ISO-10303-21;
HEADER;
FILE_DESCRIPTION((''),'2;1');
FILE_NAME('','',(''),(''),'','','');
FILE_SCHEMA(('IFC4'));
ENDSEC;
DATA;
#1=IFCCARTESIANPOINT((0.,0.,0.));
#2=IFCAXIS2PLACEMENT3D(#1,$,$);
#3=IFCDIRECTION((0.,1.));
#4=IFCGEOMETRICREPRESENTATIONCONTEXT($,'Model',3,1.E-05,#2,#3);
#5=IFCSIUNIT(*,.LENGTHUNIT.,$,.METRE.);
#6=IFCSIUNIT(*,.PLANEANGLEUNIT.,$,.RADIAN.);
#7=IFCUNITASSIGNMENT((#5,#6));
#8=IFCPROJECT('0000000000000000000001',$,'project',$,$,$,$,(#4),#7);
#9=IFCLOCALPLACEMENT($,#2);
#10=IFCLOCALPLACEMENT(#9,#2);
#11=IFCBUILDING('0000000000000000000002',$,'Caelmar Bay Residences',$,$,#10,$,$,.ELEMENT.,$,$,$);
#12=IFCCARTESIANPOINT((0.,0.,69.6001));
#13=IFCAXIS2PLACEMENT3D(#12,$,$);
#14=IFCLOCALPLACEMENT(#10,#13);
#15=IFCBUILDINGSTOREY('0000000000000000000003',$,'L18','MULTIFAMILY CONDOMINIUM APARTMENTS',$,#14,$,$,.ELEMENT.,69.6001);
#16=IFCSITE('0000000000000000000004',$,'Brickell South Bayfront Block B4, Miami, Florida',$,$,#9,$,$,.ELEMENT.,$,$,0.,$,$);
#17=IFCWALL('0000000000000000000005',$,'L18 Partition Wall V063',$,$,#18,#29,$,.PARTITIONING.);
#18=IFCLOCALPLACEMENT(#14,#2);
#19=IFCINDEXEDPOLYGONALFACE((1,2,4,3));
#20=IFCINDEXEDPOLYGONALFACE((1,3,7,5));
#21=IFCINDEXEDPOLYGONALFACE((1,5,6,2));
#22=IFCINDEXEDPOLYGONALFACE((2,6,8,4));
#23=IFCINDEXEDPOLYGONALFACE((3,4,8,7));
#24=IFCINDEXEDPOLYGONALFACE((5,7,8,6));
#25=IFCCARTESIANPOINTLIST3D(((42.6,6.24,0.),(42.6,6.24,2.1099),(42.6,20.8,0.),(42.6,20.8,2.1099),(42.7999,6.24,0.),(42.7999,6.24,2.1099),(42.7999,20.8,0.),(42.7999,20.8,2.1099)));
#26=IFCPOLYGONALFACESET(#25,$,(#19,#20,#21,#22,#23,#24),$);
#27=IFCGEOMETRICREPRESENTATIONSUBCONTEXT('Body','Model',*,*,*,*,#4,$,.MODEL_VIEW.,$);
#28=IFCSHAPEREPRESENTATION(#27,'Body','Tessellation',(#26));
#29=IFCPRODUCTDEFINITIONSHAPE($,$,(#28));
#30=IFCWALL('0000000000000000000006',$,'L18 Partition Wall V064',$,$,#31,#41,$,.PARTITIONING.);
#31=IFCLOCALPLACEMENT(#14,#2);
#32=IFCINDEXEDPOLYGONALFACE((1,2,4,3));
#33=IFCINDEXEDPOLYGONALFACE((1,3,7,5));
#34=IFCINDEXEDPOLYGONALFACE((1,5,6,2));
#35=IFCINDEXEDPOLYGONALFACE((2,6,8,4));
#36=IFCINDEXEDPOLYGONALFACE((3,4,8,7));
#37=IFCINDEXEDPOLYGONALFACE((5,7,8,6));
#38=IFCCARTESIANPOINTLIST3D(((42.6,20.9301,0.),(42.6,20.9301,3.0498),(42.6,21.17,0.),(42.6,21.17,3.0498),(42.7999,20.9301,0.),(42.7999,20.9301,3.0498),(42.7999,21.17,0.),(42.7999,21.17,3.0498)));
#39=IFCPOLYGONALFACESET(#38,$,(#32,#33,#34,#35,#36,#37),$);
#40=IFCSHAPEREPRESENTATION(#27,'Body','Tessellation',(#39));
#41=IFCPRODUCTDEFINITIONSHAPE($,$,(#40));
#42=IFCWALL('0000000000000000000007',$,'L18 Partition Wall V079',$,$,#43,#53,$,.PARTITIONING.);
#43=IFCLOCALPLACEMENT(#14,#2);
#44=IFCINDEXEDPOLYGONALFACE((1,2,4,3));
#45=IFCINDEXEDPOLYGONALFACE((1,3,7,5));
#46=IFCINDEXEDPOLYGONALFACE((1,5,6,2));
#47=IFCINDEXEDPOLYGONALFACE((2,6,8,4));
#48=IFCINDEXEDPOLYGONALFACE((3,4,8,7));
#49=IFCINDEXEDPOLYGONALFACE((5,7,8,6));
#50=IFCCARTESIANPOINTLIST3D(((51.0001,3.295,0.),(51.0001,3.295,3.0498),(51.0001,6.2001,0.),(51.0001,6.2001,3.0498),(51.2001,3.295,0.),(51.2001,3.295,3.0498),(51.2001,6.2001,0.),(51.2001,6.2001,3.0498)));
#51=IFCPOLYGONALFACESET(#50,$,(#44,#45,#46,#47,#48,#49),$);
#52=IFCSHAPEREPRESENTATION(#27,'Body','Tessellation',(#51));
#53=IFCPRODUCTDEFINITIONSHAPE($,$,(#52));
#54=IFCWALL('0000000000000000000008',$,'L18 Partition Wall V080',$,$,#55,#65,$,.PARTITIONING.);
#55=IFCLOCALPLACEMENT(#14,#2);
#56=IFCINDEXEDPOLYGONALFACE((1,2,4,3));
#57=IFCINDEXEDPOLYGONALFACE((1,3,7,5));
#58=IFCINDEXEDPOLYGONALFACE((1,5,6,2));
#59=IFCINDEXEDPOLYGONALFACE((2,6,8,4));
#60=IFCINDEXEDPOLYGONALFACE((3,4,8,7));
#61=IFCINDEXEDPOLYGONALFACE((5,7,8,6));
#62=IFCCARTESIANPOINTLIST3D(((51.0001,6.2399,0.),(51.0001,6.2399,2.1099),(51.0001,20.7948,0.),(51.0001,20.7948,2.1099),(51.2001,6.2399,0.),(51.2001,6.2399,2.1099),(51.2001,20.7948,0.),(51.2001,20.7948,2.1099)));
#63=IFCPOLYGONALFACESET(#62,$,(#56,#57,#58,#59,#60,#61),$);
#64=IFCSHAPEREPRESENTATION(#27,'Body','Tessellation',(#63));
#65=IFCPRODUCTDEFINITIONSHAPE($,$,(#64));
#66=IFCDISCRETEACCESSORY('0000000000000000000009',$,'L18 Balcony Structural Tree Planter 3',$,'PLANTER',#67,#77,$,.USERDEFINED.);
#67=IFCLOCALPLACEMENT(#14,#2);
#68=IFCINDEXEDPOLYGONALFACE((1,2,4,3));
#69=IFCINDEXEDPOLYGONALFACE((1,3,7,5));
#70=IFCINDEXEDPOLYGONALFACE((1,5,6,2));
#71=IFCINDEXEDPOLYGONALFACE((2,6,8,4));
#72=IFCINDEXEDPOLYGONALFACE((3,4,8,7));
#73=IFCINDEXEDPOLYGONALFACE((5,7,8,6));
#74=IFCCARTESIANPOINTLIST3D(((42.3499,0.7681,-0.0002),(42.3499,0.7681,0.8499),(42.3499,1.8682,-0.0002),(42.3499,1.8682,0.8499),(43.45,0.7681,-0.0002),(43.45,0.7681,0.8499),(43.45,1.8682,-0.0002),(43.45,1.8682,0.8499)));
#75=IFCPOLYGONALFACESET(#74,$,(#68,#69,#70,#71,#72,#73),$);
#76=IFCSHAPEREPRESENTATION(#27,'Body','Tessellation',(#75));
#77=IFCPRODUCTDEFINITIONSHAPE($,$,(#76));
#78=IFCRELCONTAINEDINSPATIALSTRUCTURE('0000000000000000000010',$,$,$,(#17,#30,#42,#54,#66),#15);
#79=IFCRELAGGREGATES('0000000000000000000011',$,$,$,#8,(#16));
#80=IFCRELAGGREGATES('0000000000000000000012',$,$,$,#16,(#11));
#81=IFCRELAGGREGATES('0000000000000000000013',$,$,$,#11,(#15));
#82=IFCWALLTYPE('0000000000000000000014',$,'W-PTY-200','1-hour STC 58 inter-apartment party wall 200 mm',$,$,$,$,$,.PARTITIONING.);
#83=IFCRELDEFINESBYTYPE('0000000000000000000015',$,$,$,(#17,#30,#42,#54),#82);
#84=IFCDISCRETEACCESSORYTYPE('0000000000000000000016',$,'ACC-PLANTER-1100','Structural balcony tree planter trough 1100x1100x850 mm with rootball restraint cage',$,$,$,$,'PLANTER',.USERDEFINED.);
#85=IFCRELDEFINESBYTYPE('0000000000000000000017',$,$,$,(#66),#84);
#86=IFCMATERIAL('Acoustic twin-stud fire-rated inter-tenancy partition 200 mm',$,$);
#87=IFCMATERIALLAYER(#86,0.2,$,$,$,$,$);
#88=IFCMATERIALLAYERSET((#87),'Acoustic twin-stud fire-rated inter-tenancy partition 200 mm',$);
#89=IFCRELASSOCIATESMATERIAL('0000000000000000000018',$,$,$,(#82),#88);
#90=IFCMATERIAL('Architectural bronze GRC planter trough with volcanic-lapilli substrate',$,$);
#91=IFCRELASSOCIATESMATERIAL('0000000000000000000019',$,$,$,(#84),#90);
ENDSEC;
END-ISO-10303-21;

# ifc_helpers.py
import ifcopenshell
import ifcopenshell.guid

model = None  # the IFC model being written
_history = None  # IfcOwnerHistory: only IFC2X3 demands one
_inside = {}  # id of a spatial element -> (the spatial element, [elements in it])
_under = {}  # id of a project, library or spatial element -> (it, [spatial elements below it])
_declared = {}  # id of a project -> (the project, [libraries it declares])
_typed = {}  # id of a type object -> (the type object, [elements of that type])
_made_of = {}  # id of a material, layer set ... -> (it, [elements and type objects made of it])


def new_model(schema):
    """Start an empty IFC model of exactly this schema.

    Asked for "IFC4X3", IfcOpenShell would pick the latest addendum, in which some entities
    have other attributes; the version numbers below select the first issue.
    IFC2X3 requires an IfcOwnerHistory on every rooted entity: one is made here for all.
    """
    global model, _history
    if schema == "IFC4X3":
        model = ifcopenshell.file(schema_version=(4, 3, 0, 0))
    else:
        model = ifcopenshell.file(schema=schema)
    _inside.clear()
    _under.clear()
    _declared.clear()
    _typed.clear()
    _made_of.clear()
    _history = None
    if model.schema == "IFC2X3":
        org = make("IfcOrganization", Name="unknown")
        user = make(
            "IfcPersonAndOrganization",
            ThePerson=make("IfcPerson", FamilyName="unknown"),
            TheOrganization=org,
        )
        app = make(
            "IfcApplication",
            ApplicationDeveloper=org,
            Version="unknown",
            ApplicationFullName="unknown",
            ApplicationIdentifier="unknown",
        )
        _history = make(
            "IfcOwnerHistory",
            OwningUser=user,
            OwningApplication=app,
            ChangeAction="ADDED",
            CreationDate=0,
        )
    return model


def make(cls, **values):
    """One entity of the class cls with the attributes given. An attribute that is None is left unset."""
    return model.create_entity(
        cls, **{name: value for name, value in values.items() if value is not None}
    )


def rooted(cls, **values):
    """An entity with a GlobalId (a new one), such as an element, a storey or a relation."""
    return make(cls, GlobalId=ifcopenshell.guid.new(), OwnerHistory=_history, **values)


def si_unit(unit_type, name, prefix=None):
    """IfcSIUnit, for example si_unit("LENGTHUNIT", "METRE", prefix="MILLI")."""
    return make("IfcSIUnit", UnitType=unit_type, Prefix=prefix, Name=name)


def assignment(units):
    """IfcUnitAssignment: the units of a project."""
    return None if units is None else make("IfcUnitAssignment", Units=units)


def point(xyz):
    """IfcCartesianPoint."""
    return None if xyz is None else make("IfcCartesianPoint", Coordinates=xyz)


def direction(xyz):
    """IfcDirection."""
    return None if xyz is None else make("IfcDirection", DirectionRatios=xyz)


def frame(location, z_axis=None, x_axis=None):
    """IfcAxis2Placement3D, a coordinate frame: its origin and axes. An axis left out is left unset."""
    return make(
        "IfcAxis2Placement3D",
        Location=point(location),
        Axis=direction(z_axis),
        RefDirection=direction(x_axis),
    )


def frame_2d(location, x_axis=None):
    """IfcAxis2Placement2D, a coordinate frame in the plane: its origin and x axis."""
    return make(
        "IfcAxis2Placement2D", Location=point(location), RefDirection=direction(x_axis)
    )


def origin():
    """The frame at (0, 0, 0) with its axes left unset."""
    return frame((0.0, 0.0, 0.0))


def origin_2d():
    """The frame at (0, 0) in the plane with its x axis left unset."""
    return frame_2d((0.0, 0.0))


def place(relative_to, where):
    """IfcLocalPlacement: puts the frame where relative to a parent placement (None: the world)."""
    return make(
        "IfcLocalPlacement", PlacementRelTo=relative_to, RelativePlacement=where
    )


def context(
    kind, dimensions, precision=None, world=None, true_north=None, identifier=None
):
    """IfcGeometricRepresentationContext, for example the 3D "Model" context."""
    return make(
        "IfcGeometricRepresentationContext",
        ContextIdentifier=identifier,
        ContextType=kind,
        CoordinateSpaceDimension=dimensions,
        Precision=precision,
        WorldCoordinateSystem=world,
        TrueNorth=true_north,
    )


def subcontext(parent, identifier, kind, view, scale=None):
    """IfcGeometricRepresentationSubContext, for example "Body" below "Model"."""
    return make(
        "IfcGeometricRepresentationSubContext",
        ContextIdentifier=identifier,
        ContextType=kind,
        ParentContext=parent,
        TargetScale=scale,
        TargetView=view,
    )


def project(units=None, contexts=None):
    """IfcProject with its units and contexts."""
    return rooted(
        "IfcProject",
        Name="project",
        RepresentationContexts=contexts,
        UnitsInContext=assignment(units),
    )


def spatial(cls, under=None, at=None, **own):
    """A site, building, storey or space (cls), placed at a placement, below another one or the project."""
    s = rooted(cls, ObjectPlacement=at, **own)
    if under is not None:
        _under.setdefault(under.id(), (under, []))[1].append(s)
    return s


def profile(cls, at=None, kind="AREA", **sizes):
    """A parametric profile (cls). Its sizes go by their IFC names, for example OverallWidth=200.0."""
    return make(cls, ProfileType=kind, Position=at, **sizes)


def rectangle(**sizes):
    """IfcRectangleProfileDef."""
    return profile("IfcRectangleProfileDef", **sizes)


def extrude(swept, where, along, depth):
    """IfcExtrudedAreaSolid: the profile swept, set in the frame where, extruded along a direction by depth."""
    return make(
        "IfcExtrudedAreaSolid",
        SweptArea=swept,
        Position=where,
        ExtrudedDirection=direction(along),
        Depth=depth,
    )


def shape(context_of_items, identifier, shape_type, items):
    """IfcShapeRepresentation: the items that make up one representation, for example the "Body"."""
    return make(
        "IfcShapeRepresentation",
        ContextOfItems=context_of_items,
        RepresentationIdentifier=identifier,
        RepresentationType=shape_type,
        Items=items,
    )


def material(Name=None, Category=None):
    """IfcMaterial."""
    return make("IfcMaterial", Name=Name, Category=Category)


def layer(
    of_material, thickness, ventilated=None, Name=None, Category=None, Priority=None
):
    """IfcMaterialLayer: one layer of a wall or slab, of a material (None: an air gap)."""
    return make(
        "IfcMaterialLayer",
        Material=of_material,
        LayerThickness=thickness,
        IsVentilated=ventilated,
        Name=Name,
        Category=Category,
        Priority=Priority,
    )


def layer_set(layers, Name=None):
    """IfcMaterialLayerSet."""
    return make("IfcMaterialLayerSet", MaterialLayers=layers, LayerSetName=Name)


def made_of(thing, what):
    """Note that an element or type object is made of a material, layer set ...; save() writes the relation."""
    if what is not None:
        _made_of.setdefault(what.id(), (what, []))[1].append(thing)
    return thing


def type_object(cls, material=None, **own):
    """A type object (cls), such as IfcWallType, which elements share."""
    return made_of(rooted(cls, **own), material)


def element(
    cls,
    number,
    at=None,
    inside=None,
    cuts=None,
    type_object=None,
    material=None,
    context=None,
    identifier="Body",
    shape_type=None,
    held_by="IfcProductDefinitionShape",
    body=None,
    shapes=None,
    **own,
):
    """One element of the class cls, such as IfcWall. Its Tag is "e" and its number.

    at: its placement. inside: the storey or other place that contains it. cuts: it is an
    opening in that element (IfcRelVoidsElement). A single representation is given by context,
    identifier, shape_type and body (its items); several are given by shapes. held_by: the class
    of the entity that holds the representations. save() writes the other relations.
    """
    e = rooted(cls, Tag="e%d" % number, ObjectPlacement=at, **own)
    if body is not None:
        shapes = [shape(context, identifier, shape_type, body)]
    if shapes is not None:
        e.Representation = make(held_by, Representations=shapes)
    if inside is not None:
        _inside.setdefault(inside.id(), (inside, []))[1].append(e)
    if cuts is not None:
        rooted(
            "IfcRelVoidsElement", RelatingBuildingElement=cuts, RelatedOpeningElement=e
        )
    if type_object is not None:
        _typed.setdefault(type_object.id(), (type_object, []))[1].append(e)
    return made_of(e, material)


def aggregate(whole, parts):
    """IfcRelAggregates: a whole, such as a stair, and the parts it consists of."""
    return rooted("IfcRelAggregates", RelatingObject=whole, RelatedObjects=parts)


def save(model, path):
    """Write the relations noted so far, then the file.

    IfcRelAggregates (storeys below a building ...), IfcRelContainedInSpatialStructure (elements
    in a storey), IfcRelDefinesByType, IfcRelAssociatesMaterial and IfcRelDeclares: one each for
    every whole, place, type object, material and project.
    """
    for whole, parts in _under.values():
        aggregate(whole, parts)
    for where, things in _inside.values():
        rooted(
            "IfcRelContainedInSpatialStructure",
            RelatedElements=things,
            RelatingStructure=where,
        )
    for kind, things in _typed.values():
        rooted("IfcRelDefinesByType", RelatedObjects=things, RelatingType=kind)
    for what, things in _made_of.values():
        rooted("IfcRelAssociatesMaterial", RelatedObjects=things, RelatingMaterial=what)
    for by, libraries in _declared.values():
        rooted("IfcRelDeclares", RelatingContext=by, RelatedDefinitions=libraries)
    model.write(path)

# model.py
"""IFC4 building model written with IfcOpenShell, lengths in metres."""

from ifc_helpers import new_model, si_unit, direction, frame, frame_2d, origin, origin_2d, place, context, subcontext, project, spatial, rectangle, extrude, material, layer, layer_set, type_object, element, save


model = new_model("IFC4")

# Units and contexts
model_context = context("Model", 3, precision=1e-05, world=origin(), true_north=direction((0.0, 1.0)))
body_context = subcontext(model_context, "Body", "Model", "MODEL_VIEW")
ifc_project = project(units=[si_unit("LENGTHUNIT", "METRE"), si_unit("PLANEANGLEUNIT", "RADIAN")], contexts=[model_context])

# Site, building, storey
site_placement = place(None, origin())
site = spatial("IfcSite", under=ifc_project, at=site_placement, Name="Brickell South Bayfront Block B4, Miami, Florida", CompositionType="ELEMENT", RefElevation=0.0)
building_placement = place(site_placement, origin())
building = spatial("IfcBuilding", under=site, at=building_placement, Name="Caelmar Bay Residences", CompositionType="ELEMENT")
storey_placement = place(building_placement, frame((0.0, 0.0, 69.6001)))
storey = spatial("IfcBuildingStorey", under=building, at=storey_placement, Name="L18", Description="MULTIFAMILY CONDOMINIUM APARTMENTS", CompositionType="ELEMENT", Elevation=69.6001)

# Walls
ifc_material_1 = material(Name="Acoustic twin-stud fire-rated inter-tenancy partition 200 mm")
ifc_layer_1 = layer(ifc_material_1, 0.2)
ifc_layer_set_1 = layer_set([ifc_layer_1], Name="Acoustic twin-stud fire-rated inter-tenancy partition 200 mm")
wall_type_1 = type_object("IfcWallType", Name="W-PTY-200", Description="1-hour STC 58 inter-apartment party wall 200 mm", PredefinedType="PARTITIONING", material=ifc_layer_set_1)
wall_1_placement = place(storey_placement, frame((42.7, 6.24, 0.0), z_axis=(0.0, 0.0, 1.0), x_axis=(0.0, 1.0, 0.0)))
element("IfcWall", 1, at=wall_1_placement, inside=storey, type_object=wall_type_1, Name="L18 Partition Wall V063", PredefinedType="PARTITIONING", context=body_context, shape_type="SweptSolid", body=[
    extrude(rectangle(XDim=14.5601, YDim=0.2, at=frame_2d((7.28, 0.0))), origin(), (0.0, 0.0, 1.0), 2.1099),
])
wall_2_placement = place(storey_placement, frame((42.7, 20.9299, 0.0), z_axis=(0.0, 0.0, 1.0), x_axis=(0.0, 1.0, 0.0)))
element("IfcWall", 2, at=wall_2_placement, inside=storey, type_object=wall_type_1, Name="L18 Partition Wall V064", PredefinedType="PARTITIONING", context=body_context, shape_type="SweptSolid", body=[
    extrude(rectangle(XDim=0.24, YDim=0.2, at=frame_2d((0.1201, 0.0))), origin(), (0.0, 0.0, 1.0), 3.0498),
])
wall_3_placement = place(storey_placement, frame((51.1001, 3.2949, 0.0), z_axis=(0.0, 0.0, 1.0), x_axis=(0.0, 1.0, 0.0)))
element("IfcWall", 3, at=wall_3_placement, inside=storey, type_object=wall_type_1, Name="L18 Partition Wall V079", PredefinedType="PARTITIONING", context=body_context, shape_type="SweptSolid", body=[
    extrude(rectangle(XDim=2.905, YDim=0.2, at=frame_2d((1.4526, 0.0))), origin(), (0.0, 0.0, 1.0), 3.0498),
])
wall_4_placement = place(storey_placement, frame((51.1001, 6.24, 0.0), z_axis=(0.0, 0.0, 1.0), x_axis=(0.0, 1.0, 0.0)))
element("IfcWall", 4, at=wall_4_placement, inside=storey, type_object=wall_type_1, Name="L18 Partition Wall V080", PredefinedType="PARTITIONING", context=body_context, shape_type="SweptSolid", body=[
    extrude(rectangle(XDim=14.5549, YDim=0.2, at=frame_2d((7.2773, 0.0))), origin(), (0.0, 0.0, 1.0), 2.1099),
])

# Discrete accessory
ifc_material_2 = material(Name="Architectural bronze GRC planter trough with volcanic-lapilli substrate")
discrete_accessory_type = type_object("IfcDiscreteAccessoryType", Name="ACC-PLANTER-1100", Description="Structural balcony tree planter trough 1100x1100x850 mm with rootball restraint cage", ElementType="PLANTER", PredefinedType="USERDEFINED", material=ifc_material_2)
discrete_accessory_placement = place(storey_placement, frame((42.8999, 1.3181, -0.0002), z_axis=(0.0, 0.0, 1.0), x_axis=(1.0, 0.0, 0.0)))
element("IfcDiscreteAccessory", 5, at=discrete_accessory_placement, inside=storey, type_object=discrete_accessory_type, Name="L18 Balcony Structural Tree Planter 3", ObjectType="PLANTER", PredefinedType="USERDEFINED", context=body_context, shape_type="SweptSolid", body=[
    extrude(rectangle(XDim=1.1001, YDim=1.1001, at=origin_2d()), origin(), (0.0, 0.0, 1.0), 0.8501),
])

save(model, "model.ifc")
